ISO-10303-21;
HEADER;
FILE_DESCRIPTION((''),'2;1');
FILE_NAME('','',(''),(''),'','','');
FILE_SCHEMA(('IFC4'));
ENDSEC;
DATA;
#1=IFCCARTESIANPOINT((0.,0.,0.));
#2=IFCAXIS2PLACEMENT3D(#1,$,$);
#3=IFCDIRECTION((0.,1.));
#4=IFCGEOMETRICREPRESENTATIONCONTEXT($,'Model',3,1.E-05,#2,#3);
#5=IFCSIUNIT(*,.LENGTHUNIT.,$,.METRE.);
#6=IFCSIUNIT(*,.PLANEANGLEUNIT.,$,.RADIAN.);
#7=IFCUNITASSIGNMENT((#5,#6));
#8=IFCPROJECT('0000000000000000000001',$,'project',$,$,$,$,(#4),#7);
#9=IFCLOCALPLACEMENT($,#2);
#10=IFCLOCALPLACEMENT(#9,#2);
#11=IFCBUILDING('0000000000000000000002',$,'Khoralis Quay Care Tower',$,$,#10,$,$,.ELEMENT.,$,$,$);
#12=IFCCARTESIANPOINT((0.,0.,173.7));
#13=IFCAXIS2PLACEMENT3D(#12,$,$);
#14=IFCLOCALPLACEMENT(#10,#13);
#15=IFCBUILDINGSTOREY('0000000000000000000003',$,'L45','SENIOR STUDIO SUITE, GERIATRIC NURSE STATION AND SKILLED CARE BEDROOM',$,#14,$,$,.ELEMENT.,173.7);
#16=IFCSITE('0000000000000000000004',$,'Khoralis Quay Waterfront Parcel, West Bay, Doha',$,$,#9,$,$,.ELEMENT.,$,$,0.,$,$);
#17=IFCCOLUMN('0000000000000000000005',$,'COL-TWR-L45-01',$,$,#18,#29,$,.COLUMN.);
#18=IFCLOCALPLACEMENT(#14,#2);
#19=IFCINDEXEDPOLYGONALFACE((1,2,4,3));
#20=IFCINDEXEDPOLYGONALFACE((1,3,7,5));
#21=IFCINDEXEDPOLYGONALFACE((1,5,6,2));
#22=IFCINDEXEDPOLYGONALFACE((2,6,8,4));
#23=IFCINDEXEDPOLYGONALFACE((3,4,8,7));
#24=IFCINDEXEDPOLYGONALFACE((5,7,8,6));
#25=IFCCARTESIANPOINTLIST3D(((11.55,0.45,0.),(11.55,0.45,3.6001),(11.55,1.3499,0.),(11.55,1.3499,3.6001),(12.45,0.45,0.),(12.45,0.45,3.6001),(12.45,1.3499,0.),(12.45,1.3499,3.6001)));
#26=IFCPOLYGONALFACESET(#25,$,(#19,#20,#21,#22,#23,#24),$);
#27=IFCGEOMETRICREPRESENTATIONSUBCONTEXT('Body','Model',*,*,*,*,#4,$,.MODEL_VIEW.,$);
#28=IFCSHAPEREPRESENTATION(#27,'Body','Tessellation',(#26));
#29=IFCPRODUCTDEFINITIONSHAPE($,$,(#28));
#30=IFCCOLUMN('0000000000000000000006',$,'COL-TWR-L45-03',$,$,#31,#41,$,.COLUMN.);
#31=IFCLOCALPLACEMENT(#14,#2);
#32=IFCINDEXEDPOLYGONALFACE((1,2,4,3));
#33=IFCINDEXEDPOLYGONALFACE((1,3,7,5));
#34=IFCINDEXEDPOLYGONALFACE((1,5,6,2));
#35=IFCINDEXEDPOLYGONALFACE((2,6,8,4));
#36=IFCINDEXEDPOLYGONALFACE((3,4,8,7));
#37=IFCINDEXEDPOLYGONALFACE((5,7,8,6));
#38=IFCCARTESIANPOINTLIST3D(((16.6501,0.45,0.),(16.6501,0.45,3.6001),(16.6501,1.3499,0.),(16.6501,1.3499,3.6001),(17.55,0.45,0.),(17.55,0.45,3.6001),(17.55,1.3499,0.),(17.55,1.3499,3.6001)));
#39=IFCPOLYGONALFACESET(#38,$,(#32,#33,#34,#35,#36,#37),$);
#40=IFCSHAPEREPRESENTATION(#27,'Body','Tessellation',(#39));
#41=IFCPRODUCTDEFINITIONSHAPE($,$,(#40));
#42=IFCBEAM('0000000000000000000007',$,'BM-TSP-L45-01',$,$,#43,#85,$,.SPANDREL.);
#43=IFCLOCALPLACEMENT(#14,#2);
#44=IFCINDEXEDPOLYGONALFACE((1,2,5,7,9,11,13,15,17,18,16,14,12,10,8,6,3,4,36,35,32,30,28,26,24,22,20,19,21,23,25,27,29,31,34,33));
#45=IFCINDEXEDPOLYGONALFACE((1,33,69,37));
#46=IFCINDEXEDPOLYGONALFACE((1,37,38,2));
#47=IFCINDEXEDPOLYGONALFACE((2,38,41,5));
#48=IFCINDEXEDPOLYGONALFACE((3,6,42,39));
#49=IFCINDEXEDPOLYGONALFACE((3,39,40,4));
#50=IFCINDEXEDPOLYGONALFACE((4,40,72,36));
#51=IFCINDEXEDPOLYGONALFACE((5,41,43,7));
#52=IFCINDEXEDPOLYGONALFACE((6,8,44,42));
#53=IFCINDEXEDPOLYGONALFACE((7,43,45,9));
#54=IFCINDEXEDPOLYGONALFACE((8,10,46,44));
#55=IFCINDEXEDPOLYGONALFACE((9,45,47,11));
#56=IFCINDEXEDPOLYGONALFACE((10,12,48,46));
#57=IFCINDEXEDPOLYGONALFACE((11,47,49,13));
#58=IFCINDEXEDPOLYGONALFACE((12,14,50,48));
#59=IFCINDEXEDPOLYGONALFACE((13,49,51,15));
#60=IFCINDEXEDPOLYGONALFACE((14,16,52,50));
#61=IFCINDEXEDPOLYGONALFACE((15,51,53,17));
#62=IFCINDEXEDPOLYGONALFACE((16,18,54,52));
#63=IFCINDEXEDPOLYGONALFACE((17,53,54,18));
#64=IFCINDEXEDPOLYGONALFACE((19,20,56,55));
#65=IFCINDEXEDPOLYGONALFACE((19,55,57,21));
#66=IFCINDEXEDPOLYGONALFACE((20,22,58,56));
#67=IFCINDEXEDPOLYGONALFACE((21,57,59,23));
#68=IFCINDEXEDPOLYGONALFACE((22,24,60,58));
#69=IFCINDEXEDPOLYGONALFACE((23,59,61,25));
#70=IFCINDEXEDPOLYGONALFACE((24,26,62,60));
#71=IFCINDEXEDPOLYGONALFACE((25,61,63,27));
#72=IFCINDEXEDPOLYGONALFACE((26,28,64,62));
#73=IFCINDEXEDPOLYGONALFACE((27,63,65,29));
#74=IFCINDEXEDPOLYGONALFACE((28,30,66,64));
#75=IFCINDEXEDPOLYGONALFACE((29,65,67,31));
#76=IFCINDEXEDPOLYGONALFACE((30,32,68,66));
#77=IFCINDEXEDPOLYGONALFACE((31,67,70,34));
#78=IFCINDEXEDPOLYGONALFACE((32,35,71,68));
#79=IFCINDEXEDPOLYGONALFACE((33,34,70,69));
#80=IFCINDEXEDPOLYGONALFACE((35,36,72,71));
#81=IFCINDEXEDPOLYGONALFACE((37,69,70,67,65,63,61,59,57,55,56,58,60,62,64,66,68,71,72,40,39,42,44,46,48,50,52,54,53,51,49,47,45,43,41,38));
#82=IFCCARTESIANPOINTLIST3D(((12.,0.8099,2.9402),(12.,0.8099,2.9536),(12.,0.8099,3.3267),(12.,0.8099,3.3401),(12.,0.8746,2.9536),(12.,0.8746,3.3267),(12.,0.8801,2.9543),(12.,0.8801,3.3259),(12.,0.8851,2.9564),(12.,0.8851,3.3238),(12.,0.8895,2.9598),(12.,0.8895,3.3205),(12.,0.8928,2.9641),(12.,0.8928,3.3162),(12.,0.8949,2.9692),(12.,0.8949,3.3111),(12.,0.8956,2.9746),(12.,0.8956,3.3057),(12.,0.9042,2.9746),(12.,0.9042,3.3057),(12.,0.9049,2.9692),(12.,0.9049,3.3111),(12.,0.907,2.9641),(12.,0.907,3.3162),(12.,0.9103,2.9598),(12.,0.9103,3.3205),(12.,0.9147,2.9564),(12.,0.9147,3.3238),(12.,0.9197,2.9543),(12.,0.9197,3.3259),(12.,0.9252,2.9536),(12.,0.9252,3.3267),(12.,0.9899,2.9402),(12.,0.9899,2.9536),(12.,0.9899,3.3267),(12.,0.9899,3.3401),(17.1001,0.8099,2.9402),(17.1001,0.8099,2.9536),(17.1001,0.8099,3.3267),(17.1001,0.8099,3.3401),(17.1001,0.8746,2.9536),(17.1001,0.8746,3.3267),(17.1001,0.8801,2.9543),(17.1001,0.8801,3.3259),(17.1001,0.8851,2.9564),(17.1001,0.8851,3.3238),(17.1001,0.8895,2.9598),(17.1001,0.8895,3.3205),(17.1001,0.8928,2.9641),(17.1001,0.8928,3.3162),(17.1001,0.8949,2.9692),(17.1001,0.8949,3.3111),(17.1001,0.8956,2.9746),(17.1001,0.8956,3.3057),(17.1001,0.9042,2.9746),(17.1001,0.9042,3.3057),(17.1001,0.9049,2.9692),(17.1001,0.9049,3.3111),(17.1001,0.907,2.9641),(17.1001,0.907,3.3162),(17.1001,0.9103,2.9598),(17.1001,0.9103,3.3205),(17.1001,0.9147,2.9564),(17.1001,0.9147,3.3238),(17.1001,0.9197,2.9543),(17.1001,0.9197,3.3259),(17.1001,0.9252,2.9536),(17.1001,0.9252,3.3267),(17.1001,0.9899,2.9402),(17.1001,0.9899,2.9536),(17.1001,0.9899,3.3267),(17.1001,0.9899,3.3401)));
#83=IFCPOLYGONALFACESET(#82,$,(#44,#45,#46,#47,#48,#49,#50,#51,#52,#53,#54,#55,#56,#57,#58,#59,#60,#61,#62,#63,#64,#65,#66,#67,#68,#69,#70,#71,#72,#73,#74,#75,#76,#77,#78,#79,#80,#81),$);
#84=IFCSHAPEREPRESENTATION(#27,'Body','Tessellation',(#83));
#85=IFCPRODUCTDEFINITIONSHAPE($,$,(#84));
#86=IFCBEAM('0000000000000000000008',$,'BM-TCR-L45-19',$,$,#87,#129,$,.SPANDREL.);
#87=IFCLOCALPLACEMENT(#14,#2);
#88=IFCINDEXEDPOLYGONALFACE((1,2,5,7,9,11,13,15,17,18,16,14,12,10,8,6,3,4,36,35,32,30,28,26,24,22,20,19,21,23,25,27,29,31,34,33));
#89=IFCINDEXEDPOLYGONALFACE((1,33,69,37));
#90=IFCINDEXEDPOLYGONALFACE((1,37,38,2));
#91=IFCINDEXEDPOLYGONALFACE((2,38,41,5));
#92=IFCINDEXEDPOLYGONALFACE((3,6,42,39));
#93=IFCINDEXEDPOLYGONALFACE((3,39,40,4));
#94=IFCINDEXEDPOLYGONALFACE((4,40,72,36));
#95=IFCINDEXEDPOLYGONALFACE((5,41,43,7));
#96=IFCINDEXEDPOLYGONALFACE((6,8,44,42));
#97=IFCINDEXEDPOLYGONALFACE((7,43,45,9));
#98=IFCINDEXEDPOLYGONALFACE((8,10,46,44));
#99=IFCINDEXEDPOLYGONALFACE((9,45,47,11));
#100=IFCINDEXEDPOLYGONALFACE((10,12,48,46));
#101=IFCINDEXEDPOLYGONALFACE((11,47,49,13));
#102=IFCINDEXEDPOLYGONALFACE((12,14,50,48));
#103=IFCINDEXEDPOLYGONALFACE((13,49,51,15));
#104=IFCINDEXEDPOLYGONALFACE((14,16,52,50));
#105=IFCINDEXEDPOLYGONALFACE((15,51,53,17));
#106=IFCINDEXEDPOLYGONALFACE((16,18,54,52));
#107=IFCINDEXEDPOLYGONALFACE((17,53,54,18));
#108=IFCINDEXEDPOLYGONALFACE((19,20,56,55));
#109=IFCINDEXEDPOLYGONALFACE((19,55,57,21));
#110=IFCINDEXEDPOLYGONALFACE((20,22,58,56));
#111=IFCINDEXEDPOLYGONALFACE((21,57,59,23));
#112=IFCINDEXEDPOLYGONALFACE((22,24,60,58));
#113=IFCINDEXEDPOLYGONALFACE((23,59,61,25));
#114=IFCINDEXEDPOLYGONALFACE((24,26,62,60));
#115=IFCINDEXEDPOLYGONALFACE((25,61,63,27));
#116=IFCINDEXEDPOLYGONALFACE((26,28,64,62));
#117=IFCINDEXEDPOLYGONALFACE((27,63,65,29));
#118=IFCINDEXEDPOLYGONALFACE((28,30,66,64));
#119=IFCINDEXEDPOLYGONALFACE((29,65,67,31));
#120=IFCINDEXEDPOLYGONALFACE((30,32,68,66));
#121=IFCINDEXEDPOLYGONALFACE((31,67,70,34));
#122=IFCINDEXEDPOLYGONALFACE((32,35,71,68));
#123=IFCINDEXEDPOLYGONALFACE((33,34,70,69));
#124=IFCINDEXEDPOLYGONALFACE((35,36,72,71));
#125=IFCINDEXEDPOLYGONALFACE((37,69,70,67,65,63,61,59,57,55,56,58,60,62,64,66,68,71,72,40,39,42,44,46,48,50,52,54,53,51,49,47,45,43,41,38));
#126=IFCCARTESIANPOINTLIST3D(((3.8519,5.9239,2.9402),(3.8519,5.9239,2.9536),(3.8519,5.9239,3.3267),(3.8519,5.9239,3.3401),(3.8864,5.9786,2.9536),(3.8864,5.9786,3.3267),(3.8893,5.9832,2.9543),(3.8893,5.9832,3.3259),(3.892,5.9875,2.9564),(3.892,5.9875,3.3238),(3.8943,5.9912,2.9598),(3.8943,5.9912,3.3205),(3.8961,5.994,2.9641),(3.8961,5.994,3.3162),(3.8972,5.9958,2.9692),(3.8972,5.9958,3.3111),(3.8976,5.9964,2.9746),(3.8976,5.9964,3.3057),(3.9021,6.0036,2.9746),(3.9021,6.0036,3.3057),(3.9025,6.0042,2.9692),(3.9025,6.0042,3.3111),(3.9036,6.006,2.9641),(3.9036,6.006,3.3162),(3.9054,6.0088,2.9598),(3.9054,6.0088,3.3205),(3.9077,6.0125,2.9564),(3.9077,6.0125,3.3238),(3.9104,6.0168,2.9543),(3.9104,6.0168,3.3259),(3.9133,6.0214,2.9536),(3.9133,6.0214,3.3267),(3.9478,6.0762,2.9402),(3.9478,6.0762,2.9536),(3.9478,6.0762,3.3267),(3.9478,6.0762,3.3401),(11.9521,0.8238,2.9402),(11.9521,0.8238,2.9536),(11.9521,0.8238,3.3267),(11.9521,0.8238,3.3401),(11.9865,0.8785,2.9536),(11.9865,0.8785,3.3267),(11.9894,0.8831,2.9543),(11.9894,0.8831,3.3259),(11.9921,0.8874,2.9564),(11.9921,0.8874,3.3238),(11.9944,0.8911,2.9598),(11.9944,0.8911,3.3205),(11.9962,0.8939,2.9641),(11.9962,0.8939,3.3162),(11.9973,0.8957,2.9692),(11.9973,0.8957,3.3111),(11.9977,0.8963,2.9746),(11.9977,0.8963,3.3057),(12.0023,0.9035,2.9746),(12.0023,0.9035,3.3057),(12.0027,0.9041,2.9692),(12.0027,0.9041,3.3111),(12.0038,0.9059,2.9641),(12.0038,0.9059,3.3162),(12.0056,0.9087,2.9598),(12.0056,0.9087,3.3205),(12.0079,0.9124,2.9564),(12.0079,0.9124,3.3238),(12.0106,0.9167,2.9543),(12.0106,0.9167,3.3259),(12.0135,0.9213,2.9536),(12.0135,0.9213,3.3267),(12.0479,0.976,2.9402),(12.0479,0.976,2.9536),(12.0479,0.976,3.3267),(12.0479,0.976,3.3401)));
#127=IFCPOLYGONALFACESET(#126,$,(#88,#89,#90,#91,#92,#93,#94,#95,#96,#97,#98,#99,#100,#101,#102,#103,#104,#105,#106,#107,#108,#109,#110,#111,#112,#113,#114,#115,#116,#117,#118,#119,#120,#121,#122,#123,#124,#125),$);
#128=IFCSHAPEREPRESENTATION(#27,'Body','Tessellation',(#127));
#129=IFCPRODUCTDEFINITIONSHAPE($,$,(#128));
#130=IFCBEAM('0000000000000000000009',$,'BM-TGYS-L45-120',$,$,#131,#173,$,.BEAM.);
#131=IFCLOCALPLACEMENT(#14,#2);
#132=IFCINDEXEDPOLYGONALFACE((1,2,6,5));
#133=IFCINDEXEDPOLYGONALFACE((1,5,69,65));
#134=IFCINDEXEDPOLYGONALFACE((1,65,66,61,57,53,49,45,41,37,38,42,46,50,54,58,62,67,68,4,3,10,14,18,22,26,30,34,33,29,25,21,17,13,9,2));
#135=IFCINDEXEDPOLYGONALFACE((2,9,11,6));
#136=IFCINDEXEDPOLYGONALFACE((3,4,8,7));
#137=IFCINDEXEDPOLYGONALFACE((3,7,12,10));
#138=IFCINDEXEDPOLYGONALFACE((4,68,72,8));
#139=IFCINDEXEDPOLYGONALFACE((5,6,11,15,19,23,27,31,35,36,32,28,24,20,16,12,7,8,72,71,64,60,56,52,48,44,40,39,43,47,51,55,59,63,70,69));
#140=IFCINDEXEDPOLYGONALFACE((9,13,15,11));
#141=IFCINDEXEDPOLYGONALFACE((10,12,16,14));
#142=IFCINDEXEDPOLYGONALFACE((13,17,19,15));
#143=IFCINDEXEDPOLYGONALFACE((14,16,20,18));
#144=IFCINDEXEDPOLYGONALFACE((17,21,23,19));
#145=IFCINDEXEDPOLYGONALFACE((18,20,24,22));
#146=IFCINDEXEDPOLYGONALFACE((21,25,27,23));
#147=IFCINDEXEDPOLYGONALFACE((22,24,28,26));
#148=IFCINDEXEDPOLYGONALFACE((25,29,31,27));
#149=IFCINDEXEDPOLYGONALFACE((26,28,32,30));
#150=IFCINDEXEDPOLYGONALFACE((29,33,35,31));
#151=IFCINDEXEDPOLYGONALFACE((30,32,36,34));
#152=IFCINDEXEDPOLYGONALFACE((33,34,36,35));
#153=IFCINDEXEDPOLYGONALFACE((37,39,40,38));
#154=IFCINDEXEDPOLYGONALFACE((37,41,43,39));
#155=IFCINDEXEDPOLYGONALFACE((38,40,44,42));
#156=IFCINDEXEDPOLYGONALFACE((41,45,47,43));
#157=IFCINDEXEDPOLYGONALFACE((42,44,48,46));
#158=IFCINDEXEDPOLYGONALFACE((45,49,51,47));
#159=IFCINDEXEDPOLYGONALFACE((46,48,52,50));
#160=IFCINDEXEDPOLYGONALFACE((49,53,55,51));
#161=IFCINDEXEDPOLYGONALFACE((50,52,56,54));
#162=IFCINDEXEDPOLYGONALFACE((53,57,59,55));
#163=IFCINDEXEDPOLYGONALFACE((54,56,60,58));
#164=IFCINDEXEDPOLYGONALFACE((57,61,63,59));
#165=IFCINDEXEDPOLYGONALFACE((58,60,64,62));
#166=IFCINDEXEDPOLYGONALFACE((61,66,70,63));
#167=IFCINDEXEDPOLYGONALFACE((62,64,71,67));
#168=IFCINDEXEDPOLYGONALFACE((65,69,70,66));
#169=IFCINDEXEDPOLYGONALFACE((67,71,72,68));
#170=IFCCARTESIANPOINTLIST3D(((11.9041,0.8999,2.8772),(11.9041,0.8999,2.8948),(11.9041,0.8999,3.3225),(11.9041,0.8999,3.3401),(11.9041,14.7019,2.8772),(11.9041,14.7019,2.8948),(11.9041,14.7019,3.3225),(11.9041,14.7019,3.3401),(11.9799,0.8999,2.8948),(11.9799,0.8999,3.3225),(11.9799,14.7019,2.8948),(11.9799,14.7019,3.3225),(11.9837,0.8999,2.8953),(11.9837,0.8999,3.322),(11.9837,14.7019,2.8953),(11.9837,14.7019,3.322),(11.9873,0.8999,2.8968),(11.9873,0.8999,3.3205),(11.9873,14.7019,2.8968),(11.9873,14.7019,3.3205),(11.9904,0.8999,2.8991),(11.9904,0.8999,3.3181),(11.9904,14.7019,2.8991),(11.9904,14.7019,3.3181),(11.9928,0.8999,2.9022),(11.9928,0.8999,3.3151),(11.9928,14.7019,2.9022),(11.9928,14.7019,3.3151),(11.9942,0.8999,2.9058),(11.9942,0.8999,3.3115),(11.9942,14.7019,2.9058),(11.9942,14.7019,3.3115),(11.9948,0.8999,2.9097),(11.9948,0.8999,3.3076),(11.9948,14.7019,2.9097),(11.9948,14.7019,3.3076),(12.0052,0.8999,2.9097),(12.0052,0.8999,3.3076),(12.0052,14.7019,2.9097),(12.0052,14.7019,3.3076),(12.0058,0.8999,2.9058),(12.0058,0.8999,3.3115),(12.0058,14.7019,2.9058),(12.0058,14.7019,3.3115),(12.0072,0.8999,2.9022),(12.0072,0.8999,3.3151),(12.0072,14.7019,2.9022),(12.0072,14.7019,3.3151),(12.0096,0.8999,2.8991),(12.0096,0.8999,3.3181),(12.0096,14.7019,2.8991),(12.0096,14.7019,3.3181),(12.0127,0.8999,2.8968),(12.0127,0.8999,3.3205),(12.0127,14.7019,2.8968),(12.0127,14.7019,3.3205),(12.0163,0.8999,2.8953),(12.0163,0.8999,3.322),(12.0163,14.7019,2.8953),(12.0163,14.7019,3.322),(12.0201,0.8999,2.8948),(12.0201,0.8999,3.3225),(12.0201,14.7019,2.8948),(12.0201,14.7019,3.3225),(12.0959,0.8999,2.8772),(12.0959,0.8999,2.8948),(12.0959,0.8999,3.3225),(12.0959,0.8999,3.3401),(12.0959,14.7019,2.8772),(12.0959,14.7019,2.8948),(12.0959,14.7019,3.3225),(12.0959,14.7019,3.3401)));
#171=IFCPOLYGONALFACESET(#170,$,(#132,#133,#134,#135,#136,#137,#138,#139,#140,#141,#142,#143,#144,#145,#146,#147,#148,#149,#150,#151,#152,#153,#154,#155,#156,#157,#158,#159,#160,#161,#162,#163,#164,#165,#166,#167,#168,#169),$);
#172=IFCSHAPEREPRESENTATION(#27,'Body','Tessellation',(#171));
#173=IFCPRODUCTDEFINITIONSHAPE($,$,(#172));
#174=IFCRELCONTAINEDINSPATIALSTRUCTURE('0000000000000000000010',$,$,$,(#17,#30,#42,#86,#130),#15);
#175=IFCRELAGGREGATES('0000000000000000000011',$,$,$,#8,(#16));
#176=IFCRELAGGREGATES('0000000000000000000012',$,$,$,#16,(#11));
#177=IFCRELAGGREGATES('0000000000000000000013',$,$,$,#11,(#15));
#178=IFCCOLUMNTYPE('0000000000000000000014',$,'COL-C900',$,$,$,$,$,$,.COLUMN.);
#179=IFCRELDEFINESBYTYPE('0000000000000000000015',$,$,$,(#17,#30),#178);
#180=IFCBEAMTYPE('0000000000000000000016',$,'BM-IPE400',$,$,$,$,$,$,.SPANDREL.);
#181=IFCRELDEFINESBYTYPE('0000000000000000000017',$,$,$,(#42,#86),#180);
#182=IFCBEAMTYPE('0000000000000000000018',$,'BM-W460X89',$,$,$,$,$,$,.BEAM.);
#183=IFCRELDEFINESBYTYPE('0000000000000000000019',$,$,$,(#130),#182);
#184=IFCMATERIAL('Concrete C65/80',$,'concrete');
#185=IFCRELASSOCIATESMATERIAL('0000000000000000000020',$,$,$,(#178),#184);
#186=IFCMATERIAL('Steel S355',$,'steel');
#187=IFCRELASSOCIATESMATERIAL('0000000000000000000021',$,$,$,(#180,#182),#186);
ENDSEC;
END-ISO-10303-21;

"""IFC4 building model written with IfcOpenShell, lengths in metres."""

from ifc_helpers import new_model, si_unit, direction, frame, origin, origin_2d, place, context, subcontext, project, spatial, rectangle, i_section, extrude, source, transform, mapped, material, material_profile, profile_set, type_object, element, save


model = new_model("IFC4")

# Units and contexts
model_context = context("Model", 3, precision=1e-05, world=origin(), true_north=direction((0.0, 1.0)))
body_context = subcontext(model_context, "Body", "Model", "MODEL_VIEW")
ifc_project = project(units=[si_unit("LENGTHUNIT", "METRE"), si_unit("PLANEANGLEUNIT", "RADIAN")], contexts=[model_context])

# Site, building, storey
site_placement = place(None, origin())
site = spatial("IfcSite", under=ifc_project, at=site_placement, Name="Khoralis Quay Waterfront Parcel, West Bay, Doha", CompositionType="ELEMENT", RefElevation=0.0)
building_placement = place(site_placement, origin())
building = spatial("IfcBuilding", under=site, at=building_placement, Name="Khoralis Quay Care Tower", CompositionType="ELEMENT")
storey_placement = place(building_placement, frame((0.0, 0.0, 173.7)))
storey = spatial("IfcBuildingStorey", under=building, at=storey_placement, Name="L45", Description="SENIOR STUDIO SUITE, GERIATRIC NURSE STATION AND SKILLED CARE BEDROOM", CompositionType="ELEMENT", Elevation=173.7)

# Columns
ifc_material_1 = material(Name="Concrete C65/80", Category="concrete")
ifc_material_profile_1 = material_profile(ifc_material_1, rectangle(XDim=0.8999, YDim=0.8999, at=origin_2d()), Name="Concrete C65/80")
ifc_profile_set_1 = profile_set([ifc_material_profile_1], Name="Concrete C65/80")
column_type = type_object("IfcColumnType", Name="COL-C900", PredefinedType="COLUMN", material=ifc_profile_set_1)
shared_shape_1 = source(origin(), body_context, "Body", "SweptSolid", [
    extrude(rectangle(XDim=0.8999, YDim=0.8999, at=origin_2d()), origin(), (0.0, 0.0, 1.0), 3.6001),
])
for number, where, z_axis, x_axis, name in (
    (1, (12.0, 0.8999, 0.0), (0.0, 0.0, 1.0), (1.0, 0.0, 0.0), "COL-TWR-L45-01"),
    (2, (17.1001, 0.8999, 0.0), (0.0, 0.0, 1.0), (1.0, 0.0, 0.0), "COL-TWR-L45-03"),
):
    element("IfcColumn", number, at=place(storey_placement, frame(where, z_axis=z_axis, x_axis=x_axis)), inside=storey, type_object=column_type, Name=name, PredefinedType="COLUMN", context=body_context, shape_type="MappedRepresentation", body=[
        mapped(shared_shape_1, transform((0.0, 0.0, 0.0), scale=1.0)),
    ])

# Beams
ifc_material_2 = material(Name="Steel S355", Category="steel")
ifc_material_profile_2 = material_profile(ifc_material_2, i_section(OverallWidth=0.1799, OverallDepth=0.3999, WebThickness=0.0085, FlangeThickness=0.0134, FilletRadius=0.021, at=origin_2d()), Name="Steel S355")
ifc_profile_set_2 = profile_set([ifc_material_profile_2], Name="Steel S355")
beam_type_1 = type_object("IfcBeamType", Name="BM-IPE400", PredefinedType="SPANDREL", material=ifc_profile_set_2)
shared_shape_2 = source(origin(), body_context, "Body", "SweptSolid", [
    extrude(i_section(OverallWidth=0.1799, OverallDepth=0.3999, WebThickness=0.0085, FlangeThickness=0.0134, FilletRadius=0.021, at=origin_2d()), origin(), (0.0, 0.0, 1.0), 5.1001),
])
beam_1_placement = place(storey_placement, frame((12.0, 0.8999, 3.1401), z_axis=(1.0, 0.0, 0.0), x_axis=(0.0, 1.0, 0.0)))
element("IfcBeam", 3, at=beam_1_placement, inside=storey, type_object=beam_type_1, Name="BM-TSP-L45-01", PredefinedType="SPANDREL", context=body_context, shape_type="MappedRepresentation", body=[
    mapped(shared_shape_2, transform((0.0, 0.0, 0.0), scale=1.0)),
])
shared_shape_3 = source(origin(), body_context, "Body", "SweptSolid", [
    extrude(i_section(OverallWidth=0.1799, OverallDepth=0.3999, WebThickness=0.0085, FlangeThickness=0.0134, FilletRadius=0.021, at=origin_2d()), origin(), (0.0, 0.0, 1.0), 9.572),
])
beam_2_placement = place(storey_placement, frame((12.0, 0.8999, 3.1401), z_axis=(-0.846231, 0.532816, 0.0), x_axis=(-0.532816, -0.846231, 0.0)))
element("IfcBeam", 4, at=beam_2_placement, inside=storey, type_object=beam_type_1, Name="BM-TCR-L45-19", PredefinedType="SPANDREL", context=body_context, shape_type="MappedRepresentation", body=[
    mapped(shared_shape_3, transform((0.0, 0.0, 0.0), scale=1.0)),
])
ifc_material_profile_3 = material_profile(ifc_material_2, i_section(OverallWidth=0.1919, OverallDepth=0.4629, WebThickness=0.0105, FlangeThickness=0.0176, FilletRadius=0.0149, at=origin_2d()), Name="Steel S355")
ifc_profile_set_3 = profile_set([ifc_material_profile_3], Name="Steel S355")
beam_type_2 = type_object("IfcBeamType", Name="BM-W460X89", PredefinedType="BEAM", material=ifc_profile_set_3)
shared_shape_4 = source(origin(), body_context, "Body", "SweptSolid", [
    extrude(i_section(OverallWidth=0.1919, OverallDepth=0.4629, WebThickness=0.0105, FlangeThickness=0.0176, FilletRadius=0.0149, at=origin_2d()), origin(), (0.0, 0.0, 1.0), 13.802),
])
beam_3_placement = place(storey_placement, frame((12.0, 0.8999, 3.1086), z_axis=(0.0, 1.0, 0.0), x_axis=(-1.0, 0.0, 0.0)))
element("IfcBeam", 5, at=beam_3_placement, inside=storey, type_object=beam_type_2, Name="BM-TGYS-L45-120", PredefinedType="BEAM", context=body_context, shape_type="MappedRepresentation", body=[
    mapped(shared_shape_4, transform((0.0, 0.0, 0.0), scale=1.0)),
])

save(model, "model.ifc")
